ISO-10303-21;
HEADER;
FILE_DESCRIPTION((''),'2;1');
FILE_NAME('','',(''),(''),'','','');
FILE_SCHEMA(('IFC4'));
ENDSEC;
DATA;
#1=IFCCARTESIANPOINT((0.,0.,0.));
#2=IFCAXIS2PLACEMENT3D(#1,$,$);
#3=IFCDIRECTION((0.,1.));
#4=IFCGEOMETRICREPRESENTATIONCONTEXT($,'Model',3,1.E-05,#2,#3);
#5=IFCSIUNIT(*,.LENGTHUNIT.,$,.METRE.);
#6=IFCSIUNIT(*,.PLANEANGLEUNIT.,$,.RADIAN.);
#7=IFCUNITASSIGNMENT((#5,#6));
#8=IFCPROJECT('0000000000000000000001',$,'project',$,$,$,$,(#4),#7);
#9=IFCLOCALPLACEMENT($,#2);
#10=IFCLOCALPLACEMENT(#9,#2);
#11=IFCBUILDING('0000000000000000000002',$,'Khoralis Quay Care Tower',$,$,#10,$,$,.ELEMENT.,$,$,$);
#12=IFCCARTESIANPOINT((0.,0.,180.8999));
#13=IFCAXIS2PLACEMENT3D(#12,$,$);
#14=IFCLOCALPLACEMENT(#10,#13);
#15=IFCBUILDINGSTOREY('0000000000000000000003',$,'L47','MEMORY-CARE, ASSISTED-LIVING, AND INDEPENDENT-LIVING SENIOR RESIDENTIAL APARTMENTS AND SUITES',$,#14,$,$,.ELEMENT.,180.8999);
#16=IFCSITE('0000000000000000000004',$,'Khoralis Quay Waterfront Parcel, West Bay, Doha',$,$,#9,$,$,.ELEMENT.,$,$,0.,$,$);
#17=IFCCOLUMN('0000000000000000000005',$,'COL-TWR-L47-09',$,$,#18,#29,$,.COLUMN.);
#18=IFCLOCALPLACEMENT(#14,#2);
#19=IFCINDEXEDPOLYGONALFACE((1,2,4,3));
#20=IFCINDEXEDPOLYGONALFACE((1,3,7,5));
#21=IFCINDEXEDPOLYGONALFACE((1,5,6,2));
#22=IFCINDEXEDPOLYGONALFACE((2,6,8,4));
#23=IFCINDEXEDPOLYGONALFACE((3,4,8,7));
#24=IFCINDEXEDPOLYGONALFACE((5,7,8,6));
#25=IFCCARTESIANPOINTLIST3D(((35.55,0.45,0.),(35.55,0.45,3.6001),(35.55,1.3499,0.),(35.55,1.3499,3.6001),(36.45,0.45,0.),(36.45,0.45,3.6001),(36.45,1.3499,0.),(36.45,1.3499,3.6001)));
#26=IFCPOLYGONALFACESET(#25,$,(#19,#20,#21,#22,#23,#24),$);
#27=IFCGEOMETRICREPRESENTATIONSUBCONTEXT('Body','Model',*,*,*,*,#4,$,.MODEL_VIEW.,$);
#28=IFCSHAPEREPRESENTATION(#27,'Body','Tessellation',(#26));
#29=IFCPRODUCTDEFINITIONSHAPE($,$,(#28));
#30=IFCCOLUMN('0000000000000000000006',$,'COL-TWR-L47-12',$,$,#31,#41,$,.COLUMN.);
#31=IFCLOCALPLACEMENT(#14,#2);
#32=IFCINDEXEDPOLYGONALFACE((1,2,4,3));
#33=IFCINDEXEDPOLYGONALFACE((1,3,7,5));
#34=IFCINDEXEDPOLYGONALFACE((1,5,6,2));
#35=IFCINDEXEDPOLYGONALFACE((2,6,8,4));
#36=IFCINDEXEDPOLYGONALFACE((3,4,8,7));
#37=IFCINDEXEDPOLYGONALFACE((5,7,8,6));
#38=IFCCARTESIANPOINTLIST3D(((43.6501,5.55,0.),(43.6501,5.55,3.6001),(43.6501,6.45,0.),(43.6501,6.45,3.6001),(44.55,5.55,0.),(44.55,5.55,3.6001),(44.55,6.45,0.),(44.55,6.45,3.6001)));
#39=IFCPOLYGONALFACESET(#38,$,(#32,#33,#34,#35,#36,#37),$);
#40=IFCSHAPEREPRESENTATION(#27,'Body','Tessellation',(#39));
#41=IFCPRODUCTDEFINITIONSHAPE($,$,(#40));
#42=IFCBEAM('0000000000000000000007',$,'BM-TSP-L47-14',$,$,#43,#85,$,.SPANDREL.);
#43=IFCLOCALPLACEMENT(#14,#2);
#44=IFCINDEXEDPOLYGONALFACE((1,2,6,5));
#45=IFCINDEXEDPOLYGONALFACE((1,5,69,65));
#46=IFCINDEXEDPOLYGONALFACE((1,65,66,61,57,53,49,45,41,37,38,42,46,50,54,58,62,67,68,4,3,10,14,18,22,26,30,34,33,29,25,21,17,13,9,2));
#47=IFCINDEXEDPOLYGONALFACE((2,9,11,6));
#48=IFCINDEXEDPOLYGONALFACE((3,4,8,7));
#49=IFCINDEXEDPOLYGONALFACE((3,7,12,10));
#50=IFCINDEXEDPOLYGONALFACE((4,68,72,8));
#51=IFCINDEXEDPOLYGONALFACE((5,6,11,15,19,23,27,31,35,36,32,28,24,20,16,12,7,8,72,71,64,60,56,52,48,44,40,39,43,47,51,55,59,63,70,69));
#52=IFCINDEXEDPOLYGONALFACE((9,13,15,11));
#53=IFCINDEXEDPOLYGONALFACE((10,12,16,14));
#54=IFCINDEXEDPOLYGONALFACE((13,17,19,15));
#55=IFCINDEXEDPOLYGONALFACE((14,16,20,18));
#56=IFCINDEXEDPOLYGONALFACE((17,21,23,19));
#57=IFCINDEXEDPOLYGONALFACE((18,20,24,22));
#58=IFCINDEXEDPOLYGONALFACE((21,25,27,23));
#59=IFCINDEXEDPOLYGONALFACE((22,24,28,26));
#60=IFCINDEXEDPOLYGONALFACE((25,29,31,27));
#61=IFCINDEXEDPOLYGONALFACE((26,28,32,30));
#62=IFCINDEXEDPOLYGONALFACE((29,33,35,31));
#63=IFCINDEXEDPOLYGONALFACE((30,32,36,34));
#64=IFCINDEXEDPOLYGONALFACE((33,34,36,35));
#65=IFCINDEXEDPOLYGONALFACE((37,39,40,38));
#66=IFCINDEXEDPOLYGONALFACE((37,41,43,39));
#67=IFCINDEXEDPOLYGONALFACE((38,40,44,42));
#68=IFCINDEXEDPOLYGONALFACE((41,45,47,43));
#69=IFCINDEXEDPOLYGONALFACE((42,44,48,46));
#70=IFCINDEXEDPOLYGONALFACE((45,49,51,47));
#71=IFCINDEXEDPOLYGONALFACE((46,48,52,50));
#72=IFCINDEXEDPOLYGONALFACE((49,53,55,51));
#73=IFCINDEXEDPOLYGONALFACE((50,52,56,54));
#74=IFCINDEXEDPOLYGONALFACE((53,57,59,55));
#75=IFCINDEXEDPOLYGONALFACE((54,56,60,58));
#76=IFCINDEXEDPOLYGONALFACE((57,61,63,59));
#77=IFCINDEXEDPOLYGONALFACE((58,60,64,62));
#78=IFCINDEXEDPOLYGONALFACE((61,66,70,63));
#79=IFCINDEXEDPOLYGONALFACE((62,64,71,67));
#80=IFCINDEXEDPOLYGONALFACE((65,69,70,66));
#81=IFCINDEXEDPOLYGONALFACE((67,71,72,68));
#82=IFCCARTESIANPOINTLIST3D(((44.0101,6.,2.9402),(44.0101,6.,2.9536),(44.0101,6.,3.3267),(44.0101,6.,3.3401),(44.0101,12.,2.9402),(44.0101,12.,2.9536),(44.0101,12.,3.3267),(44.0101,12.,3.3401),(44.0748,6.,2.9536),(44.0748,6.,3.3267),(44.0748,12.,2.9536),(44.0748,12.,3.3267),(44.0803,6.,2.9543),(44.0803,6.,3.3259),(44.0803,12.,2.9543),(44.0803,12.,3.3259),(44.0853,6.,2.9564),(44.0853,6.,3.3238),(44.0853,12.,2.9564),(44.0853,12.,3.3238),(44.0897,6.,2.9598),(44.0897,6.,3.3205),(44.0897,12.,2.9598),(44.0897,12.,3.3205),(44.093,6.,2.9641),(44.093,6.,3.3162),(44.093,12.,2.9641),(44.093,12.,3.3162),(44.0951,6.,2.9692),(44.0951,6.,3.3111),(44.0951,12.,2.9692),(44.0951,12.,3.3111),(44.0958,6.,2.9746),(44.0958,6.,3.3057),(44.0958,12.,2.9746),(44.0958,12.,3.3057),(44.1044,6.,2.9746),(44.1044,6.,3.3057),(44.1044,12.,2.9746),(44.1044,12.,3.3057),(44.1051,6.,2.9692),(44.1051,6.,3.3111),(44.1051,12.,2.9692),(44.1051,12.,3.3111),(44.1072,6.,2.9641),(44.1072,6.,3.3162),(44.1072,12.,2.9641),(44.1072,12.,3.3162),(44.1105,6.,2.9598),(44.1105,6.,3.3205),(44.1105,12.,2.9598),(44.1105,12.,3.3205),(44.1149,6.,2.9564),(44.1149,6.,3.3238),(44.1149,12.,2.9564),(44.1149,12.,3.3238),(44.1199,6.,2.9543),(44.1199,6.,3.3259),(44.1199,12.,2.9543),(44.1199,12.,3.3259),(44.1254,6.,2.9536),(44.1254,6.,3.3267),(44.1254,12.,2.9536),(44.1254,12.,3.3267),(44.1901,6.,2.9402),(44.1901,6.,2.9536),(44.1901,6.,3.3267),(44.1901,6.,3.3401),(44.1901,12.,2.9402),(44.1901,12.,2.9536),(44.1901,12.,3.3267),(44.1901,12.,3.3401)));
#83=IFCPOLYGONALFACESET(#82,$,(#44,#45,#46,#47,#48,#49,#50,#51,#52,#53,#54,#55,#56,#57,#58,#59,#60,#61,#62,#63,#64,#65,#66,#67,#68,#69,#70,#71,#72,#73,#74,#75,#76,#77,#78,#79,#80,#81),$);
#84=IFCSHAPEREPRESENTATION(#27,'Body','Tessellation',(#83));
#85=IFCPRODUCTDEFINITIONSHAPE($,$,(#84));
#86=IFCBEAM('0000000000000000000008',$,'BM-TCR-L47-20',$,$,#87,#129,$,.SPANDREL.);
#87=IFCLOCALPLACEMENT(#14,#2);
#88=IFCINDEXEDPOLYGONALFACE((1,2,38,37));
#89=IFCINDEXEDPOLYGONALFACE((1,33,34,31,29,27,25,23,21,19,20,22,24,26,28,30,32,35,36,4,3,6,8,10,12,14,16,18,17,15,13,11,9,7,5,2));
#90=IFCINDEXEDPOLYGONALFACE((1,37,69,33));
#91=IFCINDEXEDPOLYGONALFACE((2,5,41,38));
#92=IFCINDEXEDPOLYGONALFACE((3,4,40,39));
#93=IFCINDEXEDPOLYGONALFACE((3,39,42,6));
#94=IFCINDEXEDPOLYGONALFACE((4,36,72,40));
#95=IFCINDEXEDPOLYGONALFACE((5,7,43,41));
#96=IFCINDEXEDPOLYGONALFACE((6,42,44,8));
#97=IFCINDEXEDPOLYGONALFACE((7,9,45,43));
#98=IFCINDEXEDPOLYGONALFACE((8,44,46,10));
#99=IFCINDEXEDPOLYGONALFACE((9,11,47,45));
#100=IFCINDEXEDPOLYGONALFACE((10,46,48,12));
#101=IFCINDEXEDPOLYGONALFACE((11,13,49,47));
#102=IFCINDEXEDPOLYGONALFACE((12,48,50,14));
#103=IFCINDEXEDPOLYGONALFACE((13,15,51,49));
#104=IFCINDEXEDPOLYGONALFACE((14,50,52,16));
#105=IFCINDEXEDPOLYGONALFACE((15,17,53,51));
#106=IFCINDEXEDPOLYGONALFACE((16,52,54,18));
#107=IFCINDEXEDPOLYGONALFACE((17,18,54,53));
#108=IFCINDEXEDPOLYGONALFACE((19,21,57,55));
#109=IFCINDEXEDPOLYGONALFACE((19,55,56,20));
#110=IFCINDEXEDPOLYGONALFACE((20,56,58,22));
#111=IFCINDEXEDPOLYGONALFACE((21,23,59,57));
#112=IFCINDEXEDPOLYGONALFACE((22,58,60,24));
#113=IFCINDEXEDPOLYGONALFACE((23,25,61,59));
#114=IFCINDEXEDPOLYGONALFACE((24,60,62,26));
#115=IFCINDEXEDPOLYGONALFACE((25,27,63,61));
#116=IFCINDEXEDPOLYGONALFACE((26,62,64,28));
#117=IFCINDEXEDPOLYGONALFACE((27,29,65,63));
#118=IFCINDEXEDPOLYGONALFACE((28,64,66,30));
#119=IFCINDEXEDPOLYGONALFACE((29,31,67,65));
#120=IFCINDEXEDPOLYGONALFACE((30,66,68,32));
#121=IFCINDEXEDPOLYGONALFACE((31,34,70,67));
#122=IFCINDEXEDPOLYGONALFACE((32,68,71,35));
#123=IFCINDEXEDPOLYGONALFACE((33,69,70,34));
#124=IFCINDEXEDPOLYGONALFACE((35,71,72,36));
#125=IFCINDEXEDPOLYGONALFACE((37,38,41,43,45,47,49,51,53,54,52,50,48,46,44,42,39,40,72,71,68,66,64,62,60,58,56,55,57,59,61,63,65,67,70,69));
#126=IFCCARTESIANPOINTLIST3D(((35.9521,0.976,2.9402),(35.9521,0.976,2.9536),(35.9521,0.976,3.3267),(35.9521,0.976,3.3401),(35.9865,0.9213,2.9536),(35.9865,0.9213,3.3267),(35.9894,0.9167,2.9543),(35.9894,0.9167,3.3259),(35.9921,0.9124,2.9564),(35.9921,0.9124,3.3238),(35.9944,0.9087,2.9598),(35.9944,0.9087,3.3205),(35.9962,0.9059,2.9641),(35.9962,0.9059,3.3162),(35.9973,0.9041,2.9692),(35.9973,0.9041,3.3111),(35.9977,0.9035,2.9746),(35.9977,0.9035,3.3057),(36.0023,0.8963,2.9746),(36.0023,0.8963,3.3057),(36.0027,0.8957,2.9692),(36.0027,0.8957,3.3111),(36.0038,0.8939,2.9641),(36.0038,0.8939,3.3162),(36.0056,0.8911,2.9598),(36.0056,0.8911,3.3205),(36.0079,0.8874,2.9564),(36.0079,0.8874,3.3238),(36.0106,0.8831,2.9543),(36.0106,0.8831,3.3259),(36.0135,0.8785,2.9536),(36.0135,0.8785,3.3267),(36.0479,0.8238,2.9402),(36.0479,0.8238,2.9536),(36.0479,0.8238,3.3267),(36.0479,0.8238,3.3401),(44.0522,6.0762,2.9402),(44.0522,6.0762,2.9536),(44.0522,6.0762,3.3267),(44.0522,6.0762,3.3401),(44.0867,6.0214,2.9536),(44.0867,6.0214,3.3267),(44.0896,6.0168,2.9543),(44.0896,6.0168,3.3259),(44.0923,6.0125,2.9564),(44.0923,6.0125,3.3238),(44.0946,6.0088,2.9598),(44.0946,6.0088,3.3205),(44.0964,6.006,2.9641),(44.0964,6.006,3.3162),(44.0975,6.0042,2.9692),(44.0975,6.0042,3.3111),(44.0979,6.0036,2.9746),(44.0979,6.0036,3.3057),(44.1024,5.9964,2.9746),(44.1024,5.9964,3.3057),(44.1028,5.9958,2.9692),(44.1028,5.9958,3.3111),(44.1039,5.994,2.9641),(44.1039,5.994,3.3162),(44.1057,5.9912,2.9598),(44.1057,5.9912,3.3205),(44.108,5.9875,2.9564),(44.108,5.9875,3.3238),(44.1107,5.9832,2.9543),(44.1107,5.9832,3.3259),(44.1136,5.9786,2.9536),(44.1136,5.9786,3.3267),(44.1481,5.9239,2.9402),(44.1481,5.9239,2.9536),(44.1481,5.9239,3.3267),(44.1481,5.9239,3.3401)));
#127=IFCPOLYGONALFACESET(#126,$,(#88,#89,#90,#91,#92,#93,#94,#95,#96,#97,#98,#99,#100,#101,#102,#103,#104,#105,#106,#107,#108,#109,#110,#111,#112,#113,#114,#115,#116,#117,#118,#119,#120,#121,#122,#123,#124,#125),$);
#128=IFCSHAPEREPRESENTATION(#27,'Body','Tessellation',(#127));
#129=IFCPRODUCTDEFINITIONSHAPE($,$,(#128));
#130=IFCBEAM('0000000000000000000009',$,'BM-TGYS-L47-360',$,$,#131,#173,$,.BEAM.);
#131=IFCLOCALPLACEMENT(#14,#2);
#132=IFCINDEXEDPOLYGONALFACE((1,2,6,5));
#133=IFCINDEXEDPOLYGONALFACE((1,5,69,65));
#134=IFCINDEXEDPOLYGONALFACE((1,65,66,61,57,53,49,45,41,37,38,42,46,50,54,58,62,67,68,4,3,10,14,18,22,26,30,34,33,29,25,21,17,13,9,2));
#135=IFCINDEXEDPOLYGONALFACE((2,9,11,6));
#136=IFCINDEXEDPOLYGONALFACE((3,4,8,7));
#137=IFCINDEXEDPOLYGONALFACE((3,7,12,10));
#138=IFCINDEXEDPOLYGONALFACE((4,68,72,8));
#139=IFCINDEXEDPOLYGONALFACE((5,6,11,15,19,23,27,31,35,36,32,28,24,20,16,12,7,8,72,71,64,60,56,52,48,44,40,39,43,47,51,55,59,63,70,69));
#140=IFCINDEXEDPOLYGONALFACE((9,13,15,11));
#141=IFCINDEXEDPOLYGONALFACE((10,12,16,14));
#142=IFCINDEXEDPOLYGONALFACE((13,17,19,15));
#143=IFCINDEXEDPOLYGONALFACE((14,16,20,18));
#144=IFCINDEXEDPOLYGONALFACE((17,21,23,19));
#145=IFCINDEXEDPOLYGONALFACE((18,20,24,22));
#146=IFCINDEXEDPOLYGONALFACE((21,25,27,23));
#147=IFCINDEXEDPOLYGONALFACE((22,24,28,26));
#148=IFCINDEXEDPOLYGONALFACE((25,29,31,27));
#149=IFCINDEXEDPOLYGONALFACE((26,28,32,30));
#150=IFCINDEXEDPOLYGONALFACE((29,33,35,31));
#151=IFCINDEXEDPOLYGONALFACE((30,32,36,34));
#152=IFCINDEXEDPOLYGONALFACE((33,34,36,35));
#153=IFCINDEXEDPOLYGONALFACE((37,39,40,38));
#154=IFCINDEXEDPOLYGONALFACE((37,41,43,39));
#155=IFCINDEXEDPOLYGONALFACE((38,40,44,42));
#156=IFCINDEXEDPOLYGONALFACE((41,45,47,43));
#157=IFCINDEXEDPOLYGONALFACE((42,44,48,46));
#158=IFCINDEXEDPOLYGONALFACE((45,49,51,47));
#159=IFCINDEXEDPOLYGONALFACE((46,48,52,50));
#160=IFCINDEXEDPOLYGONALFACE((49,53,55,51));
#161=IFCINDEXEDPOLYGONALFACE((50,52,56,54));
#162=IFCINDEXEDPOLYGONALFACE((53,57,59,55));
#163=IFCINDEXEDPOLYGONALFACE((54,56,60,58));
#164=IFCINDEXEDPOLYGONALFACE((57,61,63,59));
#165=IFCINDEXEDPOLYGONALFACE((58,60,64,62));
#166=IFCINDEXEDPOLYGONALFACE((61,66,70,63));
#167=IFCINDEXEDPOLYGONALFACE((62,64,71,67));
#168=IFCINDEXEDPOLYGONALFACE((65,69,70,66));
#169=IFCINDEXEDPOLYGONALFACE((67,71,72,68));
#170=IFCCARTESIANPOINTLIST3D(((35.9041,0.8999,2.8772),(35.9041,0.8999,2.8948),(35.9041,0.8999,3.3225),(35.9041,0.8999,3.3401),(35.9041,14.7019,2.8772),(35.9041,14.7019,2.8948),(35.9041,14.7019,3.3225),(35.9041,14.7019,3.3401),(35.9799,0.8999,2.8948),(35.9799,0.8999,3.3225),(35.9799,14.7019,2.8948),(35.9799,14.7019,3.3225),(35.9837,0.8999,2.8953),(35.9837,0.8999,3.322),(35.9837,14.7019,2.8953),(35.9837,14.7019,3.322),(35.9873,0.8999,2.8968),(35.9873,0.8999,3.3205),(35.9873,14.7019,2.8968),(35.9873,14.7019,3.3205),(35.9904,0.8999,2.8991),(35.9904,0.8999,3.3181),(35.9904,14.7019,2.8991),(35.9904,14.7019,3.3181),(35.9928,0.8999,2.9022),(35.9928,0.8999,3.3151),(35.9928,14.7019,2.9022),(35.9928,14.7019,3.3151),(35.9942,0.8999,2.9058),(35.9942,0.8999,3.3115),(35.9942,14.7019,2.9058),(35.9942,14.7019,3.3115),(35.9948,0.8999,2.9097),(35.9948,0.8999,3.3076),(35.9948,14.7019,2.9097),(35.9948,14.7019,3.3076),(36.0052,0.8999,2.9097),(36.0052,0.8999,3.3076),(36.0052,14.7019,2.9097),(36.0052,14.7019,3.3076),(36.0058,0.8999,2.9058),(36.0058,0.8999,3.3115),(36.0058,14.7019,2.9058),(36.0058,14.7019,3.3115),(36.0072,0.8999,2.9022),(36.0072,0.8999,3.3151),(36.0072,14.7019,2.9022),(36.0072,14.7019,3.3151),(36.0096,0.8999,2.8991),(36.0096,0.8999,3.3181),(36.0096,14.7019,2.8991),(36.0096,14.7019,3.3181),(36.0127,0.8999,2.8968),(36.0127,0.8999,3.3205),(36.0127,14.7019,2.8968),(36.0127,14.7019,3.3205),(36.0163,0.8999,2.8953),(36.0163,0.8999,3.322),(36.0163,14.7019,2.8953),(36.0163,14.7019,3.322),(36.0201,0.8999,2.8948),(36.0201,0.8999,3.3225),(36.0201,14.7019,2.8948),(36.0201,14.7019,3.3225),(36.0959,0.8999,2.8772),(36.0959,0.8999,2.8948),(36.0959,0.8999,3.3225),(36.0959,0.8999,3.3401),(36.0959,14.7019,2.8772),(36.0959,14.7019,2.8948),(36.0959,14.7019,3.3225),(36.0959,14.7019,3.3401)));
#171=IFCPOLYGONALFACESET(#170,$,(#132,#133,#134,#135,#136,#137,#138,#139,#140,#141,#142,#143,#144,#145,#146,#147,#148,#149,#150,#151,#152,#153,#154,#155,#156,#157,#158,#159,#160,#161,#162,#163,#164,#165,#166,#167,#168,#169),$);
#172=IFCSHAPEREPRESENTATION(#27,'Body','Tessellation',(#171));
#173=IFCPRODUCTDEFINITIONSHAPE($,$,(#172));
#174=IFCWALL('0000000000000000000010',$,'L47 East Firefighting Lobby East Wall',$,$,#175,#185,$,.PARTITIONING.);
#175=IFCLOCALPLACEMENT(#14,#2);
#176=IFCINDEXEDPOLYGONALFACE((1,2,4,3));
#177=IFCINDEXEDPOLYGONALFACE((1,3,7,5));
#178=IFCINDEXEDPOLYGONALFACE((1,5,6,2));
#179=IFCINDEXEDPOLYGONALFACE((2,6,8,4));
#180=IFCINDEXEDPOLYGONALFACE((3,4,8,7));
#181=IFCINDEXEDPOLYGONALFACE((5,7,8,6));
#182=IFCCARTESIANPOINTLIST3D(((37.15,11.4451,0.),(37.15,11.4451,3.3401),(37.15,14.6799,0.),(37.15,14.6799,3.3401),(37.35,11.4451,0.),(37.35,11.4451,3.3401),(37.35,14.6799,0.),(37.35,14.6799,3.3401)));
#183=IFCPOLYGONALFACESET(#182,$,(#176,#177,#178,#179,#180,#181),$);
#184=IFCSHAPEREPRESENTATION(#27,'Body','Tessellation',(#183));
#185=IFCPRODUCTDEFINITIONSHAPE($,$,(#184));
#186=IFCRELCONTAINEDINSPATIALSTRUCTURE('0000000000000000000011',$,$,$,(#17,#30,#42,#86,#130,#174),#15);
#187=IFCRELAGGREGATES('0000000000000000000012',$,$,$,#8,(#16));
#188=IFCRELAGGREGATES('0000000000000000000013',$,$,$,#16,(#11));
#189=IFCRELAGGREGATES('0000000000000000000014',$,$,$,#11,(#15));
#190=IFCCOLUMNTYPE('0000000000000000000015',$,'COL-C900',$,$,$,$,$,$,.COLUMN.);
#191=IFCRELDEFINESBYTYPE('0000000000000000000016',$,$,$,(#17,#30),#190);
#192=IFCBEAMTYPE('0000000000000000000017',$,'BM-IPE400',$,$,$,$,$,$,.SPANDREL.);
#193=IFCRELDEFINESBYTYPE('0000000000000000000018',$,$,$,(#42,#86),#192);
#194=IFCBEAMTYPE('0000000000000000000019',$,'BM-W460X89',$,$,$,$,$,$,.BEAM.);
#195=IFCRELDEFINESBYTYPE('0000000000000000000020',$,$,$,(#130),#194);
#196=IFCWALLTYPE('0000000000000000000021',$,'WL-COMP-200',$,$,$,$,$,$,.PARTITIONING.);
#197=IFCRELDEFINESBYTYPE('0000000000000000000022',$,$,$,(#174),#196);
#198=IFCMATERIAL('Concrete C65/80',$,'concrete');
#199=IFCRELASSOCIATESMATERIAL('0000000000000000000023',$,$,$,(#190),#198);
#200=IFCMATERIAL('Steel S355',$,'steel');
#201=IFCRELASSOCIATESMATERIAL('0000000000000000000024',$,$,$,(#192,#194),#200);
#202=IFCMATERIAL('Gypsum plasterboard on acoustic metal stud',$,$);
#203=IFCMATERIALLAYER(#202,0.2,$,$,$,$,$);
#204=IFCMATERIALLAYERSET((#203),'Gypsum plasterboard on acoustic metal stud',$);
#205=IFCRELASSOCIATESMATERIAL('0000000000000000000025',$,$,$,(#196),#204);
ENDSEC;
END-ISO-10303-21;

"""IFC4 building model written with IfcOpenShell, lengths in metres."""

from ifc_helpers import new_model, si_unit, direction, frame, frame_2d, origin, origin_2d, place, context, subcontext, project, spatial, rectangle, i_section, extrude, source, transform, mapped, material, layer, layer_set, material_profile, profile_set, type_object, element, save


model = new_model("IFC4")

# Units and contexts
model_context = context("Model", 3, precision=1e-05, world=origin(), true_north=direction((0.0, 1.0)))
body_context = subcontext(model_context, "Body", "Model", "MODEL_VIEW")
ifc_project = project(units=[si_unit("LENGTHUNIT", "METRE"), si_unit("PLANEANGLEUNIT", "RADIAN")], contexts=[model_context])

# Site, building, storey
site_placement = place(None, origin())
site = spatial("IfcSite", under=ifc_project, at=site_placement, Name="Khoralis Quay Waterfront Parcel, West Bay, Doha", CompositionType="ELEMENT", RefElevation=0.0)
building_placement = place(site_placement, origin())
building = spatial("IfcBuilding", under=site, at=building_placement, Name="Khoralis Quay Care Tower", CompositionType="ELEMENT")
storey_placement = place(building_placement, frame((0.0, 0.0, 180.8999)))
storey = spatial("IfcBuildingStorey", under=building, at=storey_placement, Name="L47", Description="MEMORY-CARE, ASSISTED-LIVING, AND INDEPENDENT-LIVING SENIOR RESIDENTIAL APARTMENTS AND SUITES", CompositionType="ELEMENT", Elevation=180.8999)

# Columns
ifc_material_1 = material(Name="Concrete C65/80", Category="concrete")
ifc_material_profile_1 = material_profile(ifc_material_1, rectangle(XDim=0.8999, YDim=0.8999, at=origin_2d()), Name="Concrete C65/80")
ifc_profile_set_1 = profile_set([ifc_material_profile_1], Name="Concrete C65/80")
column_type = type_object("IfcColumnType", Name="COL-C900", PredefinedType="COLUMN", material=ifc_profile_set_1)
shared_shape_1 = source(origin(), body_context, "Body", "SweptSolid", [
    extrude(rectangle(XDim=0.8999, YDim=0.8999, at=origin_2d()), origin(), (0.0, 0.0, 1.0), 3.6001),
])
for number, where, z_axis, x_axis, name in (
    (1, (36.0, 0.8999, 0.0), (0.0, 0.0, 1.0), (1.0, 0.0, 0.0), "COL-TWR-L47-09"),
    (2, (44.1001, 6.0, 0.0), (0.0, 0.0, 1.0), (1.0, 0.0, 0.0), "COL-TWR-L47-12"),
):
    element("IfcColumn", number, at=place(storey_placement, frame(where, z_axis=z_axis, x_axis=x_axis)), inside=storey, type_object=column_type, Name=name, PredefinedType="COLUMN", context=body_context, shape_type="MappedRepresentation", body=[
        mapped(shared_shape_1, transform((0.0, 0.0, 0.0), scale=1.0)),
    ])

# Beams
ifc_material_2 = material(Name="Steel S355", Category="steel")
ifc_material_profile_2 = material_profile(ifc_material_2, i_section(OverallWidth=0.1799, OverallDepth=0.3999, WebThickness=0.0085, FlangeThickness=0.0134, FilletRadius=0.021, at=origin_2d()), Name="Steel S355")
ifc_profile_set_2 = profile_set([ifc_material_profile_2], Name="Steel S355")
beam_type_1 = type_object("IfcBeamType", Name="BM-IPE400", PredefinedType="SPANDREL", material=ifc_profile_set_2)
shared_shape_2 = source(origin(), body_context, "Body", "SweptSolid", [
    extrude(i_section(OverallWidth=0.1799, OverallDepth=0.3999, WebThickness=0.0085, FlangeThickness=0.0134, FilletRadius=0.021, at=origin_2d()), origin(), (0.0, 0.0, 1.0), 6.0),
])
beam_1_placement = place(storey_placement, frame((44.1001, 6.0, 3.1401), z_axis=(0.0, 1.0, 0.0), x_axis=(-1.0, 0.0, 0.0)))
element("IfcBeam", 3, at=beam_1_placement, inside=storey, type_object=beam_type_1, Name="BM-TSP-L47-14", PredefinedType="SPANDREL", context=body_context, shape_type="MappedRepresentation", body=[
    mapped(shared_shape_2, transform((0.0, 0.0, 0.0), scale=1.0)),
])
shared_shape_3 = source(origin(), body_context, "Body", "SweptSolid", [
    extrude(i_section(OverallWidth=0.1799, OverallDepth=0.3999, WebThickness=0.0085, FlangeThickness=0.0134, FilletRadius=0.021, at=origin_2d()), origin(), (0.0, 0.0, 1.0), 9.572),
])
beam_2_placement = place(storey_placement, frame((36.0, 0.8999, 3.1401), z_axis=(0.846231, 0.532816, 0.0), x_axis=(-0.532816, 0.846231, 0.0)))
element("IfcBeam", 4, at=beam_2_placement, inside=storey, type_object=beam_type_1, Name="BM-TCR-L47-20", PredefinedType="SPANDREL", context=body_context, shape_type="MappedRepresentation", body=[
    mapped(shared_shape_3, transform((0.0, 0.0, 0.0), scale=1.0)),
])
ifc_material_profile_3 = material_profile(ifc_material_2, i_section(OverallWidth=0.1919, OverallDepth=0.4629, WebThickness=0.0105, FlangeThickness=0.0176, FilletRadius=0.0149, at=origin_2d()), Name="Steel S355")
ifc_profile_set_3 = profile_set([ifc_material_profile_3], Name="Steel S355")
beam_type_2 = type_object("IfcBeamType", Name="BM-W460X89", PredefinedType="BEAM", material=ifc_profile_set_3)
shared_shape_4 = source(origin(), body_context, "Body", "SweptSolid", [
    extrude(i_section(OverallWidth=0.1919, OverallDepth=0.4629, WebThickness=0.0105, FlangeThickness=0.0176, FilletRadius=0.0149, at=origin_2d()), origin(), (0.0, 0.0, 1.0), 13.802),
])
beam_3_placement = place(storey_placement, frame((36.0, 0.8999, 3.1086), z_axis=(0.0, 1.0, 0.0), x_axis=(-1.0, 0.0, 0.0)))
element("IfcBeam", 5, at=beam_3_placement, inside=storey, type_object=beam_type_2, Name="BM-TGYS-L47-360", PredefinedType="BEAM", context=body_context, shape_type="MappedRepresentation", body=[
    mapped(shared_shape_4, transform((0.0, 0.0, 0.0), scale=1.0)),
])

# Wall
ifc_material_3 = material(Name="Gypsum plasterboard on acoustic metal stud")
ifc_layer_1 = layer(ifc_material_3, 0.2)
ifc_layer_set_1 = layer_set([ifc_layer_1], Name="Gypsum plasterboard on acoustic metal stud")
wall_type_1 = type_object("IfcWallType", Name="WL-COMP-200", PredefinedType="PARTITIONING", material=ifc_layer_set_1)
wall_1_placement = place(storey_placement, frame((37.25, 11.4451, 0.0), z_axis=(0.0, 0.0, 1.0), x_axis=(0.0, 1.0, 0.0)))
element("IfcWall", 6, at=wall_1_placement, inside=storey, type_object=wall_type_1, Name="L47 East Firefighting Lobby East Wall", PredefinedType="PARTITIONING", context=body_context, shape_type="SweptSolid", body=[
    extrude(rectangle(XDim=3.2349, YDim=0.2, at=frame_2d((1.6174, 0.0))), origin(), (0.0, 0.0, 1.0), 3.3401),
])

save(model, "model.ifc")
